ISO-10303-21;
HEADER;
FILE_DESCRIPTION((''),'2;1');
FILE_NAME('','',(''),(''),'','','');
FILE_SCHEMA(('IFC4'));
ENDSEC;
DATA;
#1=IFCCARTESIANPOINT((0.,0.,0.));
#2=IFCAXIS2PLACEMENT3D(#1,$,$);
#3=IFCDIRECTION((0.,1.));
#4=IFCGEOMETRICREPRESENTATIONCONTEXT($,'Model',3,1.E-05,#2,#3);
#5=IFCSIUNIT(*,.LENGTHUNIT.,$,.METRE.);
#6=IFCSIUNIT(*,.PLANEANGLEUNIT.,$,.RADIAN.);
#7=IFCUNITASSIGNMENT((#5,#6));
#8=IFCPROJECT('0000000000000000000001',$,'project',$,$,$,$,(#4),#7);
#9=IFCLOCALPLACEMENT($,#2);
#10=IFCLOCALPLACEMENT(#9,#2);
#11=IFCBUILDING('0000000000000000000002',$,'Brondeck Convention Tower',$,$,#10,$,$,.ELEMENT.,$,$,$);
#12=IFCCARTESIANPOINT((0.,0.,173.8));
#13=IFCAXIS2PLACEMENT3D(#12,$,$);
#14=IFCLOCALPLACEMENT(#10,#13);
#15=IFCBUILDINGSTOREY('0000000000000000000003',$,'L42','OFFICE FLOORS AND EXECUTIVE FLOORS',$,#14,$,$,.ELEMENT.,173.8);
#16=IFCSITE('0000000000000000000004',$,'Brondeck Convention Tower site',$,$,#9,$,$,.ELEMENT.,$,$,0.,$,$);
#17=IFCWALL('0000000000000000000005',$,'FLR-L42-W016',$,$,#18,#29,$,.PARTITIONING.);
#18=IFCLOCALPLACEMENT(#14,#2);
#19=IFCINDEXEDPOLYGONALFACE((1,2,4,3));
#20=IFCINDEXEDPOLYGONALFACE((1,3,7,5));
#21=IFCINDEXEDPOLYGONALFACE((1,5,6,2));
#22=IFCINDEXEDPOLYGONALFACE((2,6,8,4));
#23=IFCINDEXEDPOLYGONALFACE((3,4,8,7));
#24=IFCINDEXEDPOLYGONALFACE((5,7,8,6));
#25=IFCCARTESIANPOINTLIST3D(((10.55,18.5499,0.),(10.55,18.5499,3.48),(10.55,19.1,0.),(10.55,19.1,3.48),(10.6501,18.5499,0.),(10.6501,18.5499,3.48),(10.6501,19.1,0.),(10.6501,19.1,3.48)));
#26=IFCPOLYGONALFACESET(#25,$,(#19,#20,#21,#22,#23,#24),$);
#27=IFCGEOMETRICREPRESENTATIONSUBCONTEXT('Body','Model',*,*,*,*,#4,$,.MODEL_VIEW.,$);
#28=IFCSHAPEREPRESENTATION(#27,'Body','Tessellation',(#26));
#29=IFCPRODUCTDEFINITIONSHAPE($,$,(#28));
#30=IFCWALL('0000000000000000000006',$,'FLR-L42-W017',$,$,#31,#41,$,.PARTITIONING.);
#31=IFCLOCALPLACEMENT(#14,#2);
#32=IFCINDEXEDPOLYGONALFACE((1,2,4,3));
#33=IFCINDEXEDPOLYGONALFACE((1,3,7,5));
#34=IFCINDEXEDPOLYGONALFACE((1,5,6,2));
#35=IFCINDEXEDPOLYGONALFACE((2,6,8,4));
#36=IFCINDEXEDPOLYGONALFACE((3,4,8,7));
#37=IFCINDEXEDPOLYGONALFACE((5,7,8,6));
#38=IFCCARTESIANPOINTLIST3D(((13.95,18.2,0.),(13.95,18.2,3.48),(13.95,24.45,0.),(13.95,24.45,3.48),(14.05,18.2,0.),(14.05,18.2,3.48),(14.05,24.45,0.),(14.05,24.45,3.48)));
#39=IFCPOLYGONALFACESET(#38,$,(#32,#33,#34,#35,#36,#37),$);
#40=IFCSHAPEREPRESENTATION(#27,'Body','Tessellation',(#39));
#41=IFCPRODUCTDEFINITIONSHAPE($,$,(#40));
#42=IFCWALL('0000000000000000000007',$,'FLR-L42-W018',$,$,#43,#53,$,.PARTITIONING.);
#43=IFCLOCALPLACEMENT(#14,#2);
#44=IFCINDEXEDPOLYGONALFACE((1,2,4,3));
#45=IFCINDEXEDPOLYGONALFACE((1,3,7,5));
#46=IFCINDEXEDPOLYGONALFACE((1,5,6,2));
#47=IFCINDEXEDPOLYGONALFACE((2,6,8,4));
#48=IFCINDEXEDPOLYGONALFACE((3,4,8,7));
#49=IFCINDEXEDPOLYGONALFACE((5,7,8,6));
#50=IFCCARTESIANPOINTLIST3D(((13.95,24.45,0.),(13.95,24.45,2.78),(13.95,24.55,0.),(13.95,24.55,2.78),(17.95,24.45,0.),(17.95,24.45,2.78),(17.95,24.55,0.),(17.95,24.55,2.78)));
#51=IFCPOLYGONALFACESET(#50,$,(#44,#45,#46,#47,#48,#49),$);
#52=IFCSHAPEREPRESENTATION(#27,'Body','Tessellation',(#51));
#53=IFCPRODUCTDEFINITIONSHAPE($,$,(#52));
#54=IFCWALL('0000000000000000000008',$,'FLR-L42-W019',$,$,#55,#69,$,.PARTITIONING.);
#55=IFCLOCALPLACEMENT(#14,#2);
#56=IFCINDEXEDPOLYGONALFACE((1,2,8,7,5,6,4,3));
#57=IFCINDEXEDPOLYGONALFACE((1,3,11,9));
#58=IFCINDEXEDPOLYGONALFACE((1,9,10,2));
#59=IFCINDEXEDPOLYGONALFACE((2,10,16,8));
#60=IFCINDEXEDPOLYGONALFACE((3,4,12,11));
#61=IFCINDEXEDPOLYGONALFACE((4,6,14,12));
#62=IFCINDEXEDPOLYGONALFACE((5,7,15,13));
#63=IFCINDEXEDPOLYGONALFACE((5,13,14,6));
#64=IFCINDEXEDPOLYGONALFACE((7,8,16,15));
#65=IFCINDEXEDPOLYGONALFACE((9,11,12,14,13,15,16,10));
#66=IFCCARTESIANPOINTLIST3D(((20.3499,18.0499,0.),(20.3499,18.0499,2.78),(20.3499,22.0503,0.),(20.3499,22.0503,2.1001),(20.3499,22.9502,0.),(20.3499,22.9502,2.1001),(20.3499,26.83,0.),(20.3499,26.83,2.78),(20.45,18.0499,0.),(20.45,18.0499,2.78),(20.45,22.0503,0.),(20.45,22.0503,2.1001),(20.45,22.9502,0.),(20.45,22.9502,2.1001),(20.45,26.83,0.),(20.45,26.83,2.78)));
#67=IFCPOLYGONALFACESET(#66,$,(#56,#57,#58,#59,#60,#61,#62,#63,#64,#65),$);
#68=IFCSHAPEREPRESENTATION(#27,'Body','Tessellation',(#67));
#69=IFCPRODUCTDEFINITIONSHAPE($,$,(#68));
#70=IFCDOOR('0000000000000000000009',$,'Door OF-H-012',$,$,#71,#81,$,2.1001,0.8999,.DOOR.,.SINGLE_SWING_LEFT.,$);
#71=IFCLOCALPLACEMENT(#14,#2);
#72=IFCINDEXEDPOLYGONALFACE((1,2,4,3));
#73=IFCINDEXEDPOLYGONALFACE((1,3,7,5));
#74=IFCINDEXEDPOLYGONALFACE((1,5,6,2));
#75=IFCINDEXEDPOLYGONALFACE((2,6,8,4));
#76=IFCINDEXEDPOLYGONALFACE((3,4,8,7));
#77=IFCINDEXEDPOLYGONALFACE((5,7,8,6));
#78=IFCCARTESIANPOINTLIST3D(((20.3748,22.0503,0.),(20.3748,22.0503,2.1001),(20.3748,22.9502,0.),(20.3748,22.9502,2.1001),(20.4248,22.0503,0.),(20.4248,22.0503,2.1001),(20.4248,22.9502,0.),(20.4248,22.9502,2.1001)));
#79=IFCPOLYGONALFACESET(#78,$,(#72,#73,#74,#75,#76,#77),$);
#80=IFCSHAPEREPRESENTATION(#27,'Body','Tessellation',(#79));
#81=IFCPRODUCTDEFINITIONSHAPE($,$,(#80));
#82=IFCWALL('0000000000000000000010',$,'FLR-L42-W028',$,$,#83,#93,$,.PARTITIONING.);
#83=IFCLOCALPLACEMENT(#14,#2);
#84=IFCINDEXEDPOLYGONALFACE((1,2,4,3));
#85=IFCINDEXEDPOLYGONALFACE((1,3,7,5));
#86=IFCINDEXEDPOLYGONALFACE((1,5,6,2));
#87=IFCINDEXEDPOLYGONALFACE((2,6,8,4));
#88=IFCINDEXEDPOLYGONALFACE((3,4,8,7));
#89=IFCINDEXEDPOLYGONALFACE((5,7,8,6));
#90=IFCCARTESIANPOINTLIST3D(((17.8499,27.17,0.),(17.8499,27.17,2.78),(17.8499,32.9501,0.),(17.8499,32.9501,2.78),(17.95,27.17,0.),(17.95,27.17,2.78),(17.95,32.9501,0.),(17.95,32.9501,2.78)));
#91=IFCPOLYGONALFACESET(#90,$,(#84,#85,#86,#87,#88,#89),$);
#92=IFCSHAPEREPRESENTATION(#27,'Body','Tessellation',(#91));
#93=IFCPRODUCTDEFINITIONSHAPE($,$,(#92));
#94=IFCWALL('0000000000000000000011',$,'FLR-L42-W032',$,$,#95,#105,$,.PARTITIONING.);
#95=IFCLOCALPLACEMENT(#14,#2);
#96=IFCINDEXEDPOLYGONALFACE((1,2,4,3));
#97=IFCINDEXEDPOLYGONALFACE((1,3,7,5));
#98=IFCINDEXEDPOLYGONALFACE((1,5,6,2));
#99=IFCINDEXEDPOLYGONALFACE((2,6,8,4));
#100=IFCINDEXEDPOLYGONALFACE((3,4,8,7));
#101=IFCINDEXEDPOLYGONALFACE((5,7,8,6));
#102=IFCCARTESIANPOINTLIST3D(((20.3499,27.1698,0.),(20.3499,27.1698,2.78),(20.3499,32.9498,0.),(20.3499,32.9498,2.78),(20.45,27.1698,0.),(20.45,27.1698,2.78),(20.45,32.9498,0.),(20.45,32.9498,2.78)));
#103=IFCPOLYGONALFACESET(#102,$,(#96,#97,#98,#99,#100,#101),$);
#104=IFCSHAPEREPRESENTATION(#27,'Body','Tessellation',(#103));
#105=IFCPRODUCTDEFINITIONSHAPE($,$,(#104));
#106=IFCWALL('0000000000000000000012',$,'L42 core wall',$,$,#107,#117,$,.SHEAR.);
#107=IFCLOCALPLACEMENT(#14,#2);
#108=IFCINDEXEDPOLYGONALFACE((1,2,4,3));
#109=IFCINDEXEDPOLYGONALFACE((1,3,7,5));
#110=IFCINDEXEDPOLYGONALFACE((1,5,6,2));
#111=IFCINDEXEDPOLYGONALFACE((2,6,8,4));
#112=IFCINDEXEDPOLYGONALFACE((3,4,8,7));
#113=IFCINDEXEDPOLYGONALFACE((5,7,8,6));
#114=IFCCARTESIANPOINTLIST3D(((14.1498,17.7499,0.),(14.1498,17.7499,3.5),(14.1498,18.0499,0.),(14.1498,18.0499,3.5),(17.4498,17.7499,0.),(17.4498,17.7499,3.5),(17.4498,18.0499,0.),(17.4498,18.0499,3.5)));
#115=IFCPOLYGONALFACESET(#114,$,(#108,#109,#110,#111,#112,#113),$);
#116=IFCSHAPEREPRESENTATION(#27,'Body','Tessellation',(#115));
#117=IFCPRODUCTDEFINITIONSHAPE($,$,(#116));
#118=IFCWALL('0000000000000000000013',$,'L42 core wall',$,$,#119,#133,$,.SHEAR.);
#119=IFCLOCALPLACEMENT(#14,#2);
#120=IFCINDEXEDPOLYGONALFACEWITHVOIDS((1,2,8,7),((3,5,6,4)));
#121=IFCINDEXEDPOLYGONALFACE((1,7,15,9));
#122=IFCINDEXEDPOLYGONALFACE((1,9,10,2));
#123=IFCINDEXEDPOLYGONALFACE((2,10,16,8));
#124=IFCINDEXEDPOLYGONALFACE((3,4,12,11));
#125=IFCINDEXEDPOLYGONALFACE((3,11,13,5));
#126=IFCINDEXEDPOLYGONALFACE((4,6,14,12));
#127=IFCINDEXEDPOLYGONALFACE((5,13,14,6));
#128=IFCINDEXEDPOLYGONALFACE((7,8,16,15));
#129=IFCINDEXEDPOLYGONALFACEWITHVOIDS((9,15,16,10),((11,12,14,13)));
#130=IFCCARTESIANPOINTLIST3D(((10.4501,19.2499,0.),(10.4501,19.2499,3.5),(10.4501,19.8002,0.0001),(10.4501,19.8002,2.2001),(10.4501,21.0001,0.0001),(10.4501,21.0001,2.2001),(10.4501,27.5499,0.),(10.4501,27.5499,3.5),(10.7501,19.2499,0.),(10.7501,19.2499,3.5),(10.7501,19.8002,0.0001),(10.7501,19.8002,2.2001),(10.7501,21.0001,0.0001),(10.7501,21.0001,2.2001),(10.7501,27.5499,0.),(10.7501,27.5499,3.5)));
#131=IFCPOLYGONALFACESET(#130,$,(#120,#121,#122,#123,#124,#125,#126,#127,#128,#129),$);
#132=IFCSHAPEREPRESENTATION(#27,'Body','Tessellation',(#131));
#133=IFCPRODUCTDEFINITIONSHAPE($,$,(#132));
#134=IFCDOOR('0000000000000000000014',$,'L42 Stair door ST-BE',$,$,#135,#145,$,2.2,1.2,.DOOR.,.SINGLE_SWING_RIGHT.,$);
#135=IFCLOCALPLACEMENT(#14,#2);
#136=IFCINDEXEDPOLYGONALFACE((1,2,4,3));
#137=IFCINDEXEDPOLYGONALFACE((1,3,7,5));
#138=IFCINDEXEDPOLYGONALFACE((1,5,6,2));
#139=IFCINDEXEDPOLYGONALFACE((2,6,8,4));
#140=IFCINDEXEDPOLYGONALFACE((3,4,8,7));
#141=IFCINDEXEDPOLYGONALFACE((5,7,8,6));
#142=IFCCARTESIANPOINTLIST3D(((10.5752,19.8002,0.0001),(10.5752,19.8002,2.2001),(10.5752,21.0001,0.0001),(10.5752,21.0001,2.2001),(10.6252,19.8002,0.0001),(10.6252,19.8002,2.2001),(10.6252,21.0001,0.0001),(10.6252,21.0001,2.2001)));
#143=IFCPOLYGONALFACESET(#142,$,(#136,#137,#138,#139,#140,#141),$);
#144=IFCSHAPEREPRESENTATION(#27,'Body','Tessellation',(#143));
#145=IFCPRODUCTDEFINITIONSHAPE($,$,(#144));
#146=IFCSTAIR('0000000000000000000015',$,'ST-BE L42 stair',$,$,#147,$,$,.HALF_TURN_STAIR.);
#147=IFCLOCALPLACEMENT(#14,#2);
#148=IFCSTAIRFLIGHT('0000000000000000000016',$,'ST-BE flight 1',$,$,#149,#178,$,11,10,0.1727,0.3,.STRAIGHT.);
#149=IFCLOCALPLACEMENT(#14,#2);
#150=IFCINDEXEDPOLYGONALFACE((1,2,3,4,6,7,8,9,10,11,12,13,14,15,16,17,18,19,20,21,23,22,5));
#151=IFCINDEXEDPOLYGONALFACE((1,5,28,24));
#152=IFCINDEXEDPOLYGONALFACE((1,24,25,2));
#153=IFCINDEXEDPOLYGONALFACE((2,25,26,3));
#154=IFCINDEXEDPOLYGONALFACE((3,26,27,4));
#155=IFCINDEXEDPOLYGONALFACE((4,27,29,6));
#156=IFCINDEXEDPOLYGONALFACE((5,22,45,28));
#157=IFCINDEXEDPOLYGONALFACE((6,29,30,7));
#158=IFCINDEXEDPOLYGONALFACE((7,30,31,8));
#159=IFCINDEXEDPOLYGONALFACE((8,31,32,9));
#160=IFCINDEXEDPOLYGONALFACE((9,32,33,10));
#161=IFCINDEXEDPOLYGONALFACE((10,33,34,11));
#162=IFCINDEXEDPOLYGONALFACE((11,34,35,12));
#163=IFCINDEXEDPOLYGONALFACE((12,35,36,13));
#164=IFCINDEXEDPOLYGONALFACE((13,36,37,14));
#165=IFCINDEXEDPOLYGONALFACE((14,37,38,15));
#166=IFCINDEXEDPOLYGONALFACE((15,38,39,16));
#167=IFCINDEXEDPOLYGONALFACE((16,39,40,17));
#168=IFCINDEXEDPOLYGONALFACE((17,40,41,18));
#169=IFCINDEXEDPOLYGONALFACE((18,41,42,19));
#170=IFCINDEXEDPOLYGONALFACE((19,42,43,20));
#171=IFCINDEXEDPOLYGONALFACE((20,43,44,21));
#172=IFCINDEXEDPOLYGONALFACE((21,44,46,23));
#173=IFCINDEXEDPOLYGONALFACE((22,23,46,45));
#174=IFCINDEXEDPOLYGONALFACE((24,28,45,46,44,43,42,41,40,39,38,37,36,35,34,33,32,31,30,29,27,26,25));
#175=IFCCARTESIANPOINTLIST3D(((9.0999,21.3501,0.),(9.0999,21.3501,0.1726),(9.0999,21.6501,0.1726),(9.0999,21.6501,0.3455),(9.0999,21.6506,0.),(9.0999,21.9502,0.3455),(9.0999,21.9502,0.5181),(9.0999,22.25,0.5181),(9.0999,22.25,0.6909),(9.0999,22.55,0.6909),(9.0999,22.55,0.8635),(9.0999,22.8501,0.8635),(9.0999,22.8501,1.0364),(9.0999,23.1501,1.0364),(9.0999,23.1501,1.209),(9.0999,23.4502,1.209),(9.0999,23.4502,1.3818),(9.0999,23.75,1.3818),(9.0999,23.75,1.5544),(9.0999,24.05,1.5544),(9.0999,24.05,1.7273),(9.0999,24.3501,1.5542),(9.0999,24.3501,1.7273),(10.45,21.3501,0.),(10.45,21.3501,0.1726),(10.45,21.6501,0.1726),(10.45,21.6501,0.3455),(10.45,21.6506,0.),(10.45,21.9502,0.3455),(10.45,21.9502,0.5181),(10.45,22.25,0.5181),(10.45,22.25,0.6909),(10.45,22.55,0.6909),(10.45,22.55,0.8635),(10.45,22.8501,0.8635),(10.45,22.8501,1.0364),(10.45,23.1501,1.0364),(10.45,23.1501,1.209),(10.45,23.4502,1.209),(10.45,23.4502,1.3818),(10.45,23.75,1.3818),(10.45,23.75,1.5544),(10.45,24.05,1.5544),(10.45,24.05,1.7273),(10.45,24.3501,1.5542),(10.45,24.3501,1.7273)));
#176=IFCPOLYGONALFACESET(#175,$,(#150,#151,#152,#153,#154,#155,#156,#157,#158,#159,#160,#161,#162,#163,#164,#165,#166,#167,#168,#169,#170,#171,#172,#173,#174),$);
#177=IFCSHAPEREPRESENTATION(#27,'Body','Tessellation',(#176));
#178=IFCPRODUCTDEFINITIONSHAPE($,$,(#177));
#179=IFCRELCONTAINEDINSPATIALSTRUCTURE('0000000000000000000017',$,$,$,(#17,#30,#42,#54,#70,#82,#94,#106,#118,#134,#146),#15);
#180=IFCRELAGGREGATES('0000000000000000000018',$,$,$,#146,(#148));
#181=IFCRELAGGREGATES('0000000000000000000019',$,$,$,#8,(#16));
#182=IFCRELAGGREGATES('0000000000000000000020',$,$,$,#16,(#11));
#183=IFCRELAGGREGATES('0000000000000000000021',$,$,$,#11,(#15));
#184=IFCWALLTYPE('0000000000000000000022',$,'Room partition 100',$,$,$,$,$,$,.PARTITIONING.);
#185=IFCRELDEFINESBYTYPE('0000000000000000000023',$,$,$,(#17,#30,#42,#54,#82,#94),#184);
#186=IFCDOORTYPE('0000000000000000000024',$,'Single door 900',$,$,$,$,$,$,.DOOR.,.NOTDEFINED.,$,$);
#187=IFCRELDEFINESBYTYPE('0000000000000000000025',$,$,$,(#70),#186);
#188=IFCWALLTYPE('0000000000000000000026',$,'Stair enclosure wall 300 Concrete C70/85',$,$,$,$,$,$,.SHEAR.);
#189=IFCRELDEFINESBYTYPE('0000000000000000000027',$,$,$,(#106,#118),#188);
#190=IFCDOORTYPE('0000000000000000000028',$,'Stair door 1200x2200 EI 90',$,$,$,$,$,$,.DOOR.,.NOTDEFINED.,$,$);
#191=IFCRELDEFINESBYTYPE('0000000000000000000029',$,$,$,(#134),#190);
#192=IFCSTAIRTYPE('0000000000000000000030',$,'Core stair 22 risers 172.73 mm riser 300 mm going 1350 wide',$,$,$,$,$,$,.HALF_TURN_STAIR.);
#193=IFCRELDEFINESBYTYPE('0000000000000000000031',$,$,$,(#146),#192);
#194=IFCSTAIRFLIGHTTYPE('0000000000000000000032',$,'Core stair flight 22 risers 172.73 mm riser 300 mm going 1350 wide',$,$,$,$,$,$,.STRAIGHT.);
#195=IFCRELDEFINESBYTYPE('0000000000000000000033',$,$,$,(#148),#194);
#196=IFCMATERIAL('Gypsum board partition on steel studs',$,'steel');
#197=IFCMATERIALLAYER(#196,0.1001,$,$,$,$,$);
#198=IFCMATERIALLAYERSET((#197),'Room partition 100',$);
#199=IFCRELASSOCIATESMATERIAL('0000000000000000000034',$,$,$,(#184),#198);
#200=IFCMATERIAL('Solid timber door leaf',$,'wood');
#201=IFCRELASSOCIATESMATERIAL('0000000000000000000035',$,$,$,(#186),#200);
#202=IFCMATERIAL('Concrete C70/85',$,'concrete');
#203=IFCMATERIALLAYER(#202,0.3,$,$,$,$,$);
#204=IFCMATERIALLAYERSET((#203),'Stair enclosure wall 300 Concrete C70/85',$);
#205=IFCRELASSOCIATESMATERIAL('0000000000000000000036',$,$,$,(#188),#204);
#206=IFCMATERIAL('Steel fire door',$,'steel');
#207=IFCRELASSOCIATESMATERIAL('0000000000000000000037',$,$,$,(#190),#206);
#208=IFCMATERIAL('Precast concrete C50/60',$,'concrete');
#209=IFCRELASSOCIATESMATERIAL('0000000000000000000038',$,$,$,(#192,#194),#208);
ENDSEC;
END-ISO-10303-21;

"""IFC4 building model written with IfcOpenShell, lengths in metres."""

from ifc_helpers import new_model, si_unit, direction, frame, frame_2d, origin, place, context, subcontext, project, spatial, polyline, rectangle, outline, extrude, material, layer, layer_set, type_object, element, fill, aggregate, save


model = new_model("IFC4")

# Units and contexts
model_context = context("Model", 3, precision=1e-05, world=origin(), true_north=direction((0.0, 1.0)))
body_context = subcontext(model_context, "Body", "Model", "MODEL_VIEW")
ifc_project = project(units=[si_unit("LENGTHUNIT", "METRE"), si_unit("PLANEANGLEUNIT", "RADIAN")], contexts=[model_context])

# Site, building, storey
site_placement = place(None, origin())
site = spatial("IfcSite", under=ifc_project, at=site_placement, Name="Brondeck Convention Tower site", CompositionType="ELEMENT", RefElevation=0.0)
building_placement = place(site_placement, origin())
building = spatial("IfcBuilding", under=site, at=building_placement, Name="Brondeck Convention Tower", CompositionType="ELEMENT")
storey_placement = place(building_placement, frame((0.0, 0.0, 173.8)))
storey = spatial("IfcBuildingStorey", under=building, at=storey_placement, Name="L42", Description="OFFICE FLOORS AND EXECUTIVE FLOORS", CompositionType="ELEMENT", Elevation=173.8)

# Shared definitions
ifc_material_1 = material(Name="Concrete C70/85", Category="concrete")

# Shared definitions
ifc_material_2 = material(Name="Gypsum board partition on steel studs", Category="steel")
ifc_layer_1 = layer(ifc_material_2, 0.1001)
ifc_layer_set_1 = layer_set([ifc_layer_1], Name="Room partition 100")
wall_type_1 = type_object("IfcWallType", Name="Room partition 100", PredefinedType="PARTITIONING", material=ifc_layer_set_1)
ifc_material_3 = material(Name="Solid timber door leaf", Category="wood")
door_type_1 = type_object("IfcDoorType", Name="Single door 900", OperationType="NOTDEFINED", PredefinedType="DOOR", material=ifc_material_3)

# Walls
wall_1_placement = place(storey_placement, frame((10.6001, 18.55, 0.0), z_axis=(0.0, 0.0, 1.0), x_axis=(0.0, 1.0, 0.0)))
element("IfcWall", 1, at=wall_1_placement, inside=storey, type_object=wall_type_1, Name="FLR-L42-W016", PredefinedType="PARTITIONING", context=body_context, shape_type="SweptSolid", body=[
    extrude(rectangle(XDim=0.55, YDim=0.1001, at=frame_2d((0.2749, 0.0))), origin(), (0.0, 0.0, 1.0), 3.48),
])
wall_2_placement = place(storey_placement, frame((14.0, 24.45, 0.0), z_axis=(0.0, 0.0, 1.0), x_axis=(0.0, -1.0, 0.0)))
element("IfcWall", 2, at=wall_2_placement, inside=storey, type_object=wall_type_1, Name="FLR-L42-W017", PredefinedType="PARTITIONING", context=body_context, shape_type="SweptSolid", body=[
    extrude(rectangle(XDim=6.25, YDim=0.1001, at=frame_2d((3.125, 0.0))), origin(), (0.0, 0.0, 1.0), 3.48),
])
wall_3_placement = place(storey_placement, frame((17.95, 24.5, 0.0), z_axis=(0.0, 0.0, 1.0), x_axis=(-1.0, 0.0, 0.0)))
element("IfcWall", 3, at=wall_3_placement, inside=storey, type_object=wall_type_1, Name="FLR-L42-W018", PredefinedType="PARTITIONING", context=body_context, shape_type="SweptSolid", body=[
    extrude(rectangle(XDim=4.0, YDim=0.1001, at=frame_2d((2.0, 0.0))), origin(), (0.0, 0.0, 1.0), 2.78),
])

# Wall, opening, door
wall_4_placement = place(storey_placement, frame((20.3999, 26.8301, 0.0), z_axis=(0.0, 0.0, 1.0), x_axis=(0.0, -1.0, 0.0)))
wall_4 = element("IfcWall", 4, at=wall_4_placement, inside=storey, type_object=wall_type_1, Name="FLR-L42-W019", PredefinedType="PARTITIONING", context=body_context, shape_type="SweptSolid", body=[
    extrude(rectangle(XDim=8.78, YDim=0.1001, at=frame_2d((4.3901, 0.0))), origin(), (0.0, 0.0, 1.0), 2.78),
])
opening_1_placement = place(wall_4_placement, frame((3.8799, 0.0, 0.0)))
opening_1 = element("IfcOpeningElement", 5, at=opening_1_placement, cuts=wall_4, PredefinedType="OPENING", context=body_context, shape_type="SweptSolid", body=[
    extrude(rectangle(XDim=0.8999, YDim=2.1001, at=frame_2d((0.45, 1.05))), frame((0.0, 0.0601, 0.0), z_axis=(0.0, -1.0, 0.0), x_axis=(1.0, 0.0, 0.0)), (0.0, 0.0, 1.0), 0.1201),
])
door_1_placement = place(opening_1_placement, origin())
door_1 = element("IfcDoor", 6, at=door_1_placement, inside=storey, type_object=door_type_1, Name="Door OF-H-012", OperationType="SINGLE_SWING_LEFT", OverallHeight=2.1001, OverallWidth=0.8999, PredefinedType="DOOR", context=body_context, shape_type="SweptSolid", body=[
    extrude(rectangle(XDim=0.8999, YDim=2.1001, at=frame_2d((0.45, 1.05))), frame((0.0, 0.0249, 0.0), z_axis=(0.0, -1.0, 0.0), x_axis=(1.0, 0.0, 0.0)), (0.0, 0.0, 1.0), 0.05),
])
fill(opening_1, door_1)

# Walls
for number, where, z_axis, x_axis, name in (
    (7, (17.8999, 27.1699, 0.0), (0.0, 0.0, 1.0), (0.0, 1.0, 0.0), "FLR-L42-W028"),
    (8, (20.3999, 32.95, 0.0), (0.0, 0.0, 1.0), (0.0, -1.0, 0.0), "FLR-L42-W032"),
):
    element("IfcWall", number, at=place(storey_placement, frame(where, z_axis=z_axis, x_axis=x_axis)), inside=storey, type_object=wall_type_1, Name=name, PredefinedType="PARTITIONING", context=body_context, shape_type="SweptSolid", body=[
        extrude(rectangle(XDim=5.78, YDim=0.1001, at=frame_2d((2.8901, 0.0))), origin(), (0.0, 0.0, 1.0), 2.78),
    ])
ifc_layer_2 = layer(ifc_material_1, 0.3)
ifc_layer_set_2 = layer_set([ifc_layer_2], Name="Stair enclosure wall 300 Concrete C70/85")
wall_type_2 = type_object("IfcWallType", Name="Stair enclosure wall 300 Concrete C70/85", PredefinedType="SHEAR", material=ifc_layer_set_2)
wall_5_placement = place(storey_placement, frame((14.1499, 17.8999, 0.0), z_axis=(0.0, 0.0, 1.0), x_axis=(1.0, 0.0, 0.0)))
element("IfcWall", 9, at=wall_5_placement, inside=storey, type_object=wall_type_2, Name="L42 core wall", PredefinedType="SHEAR", context=body_context, shape_type="SweptSolid", body=[
    extrude(rectangle(XDim=3.3, YDim=0.3, at=frame_2d((1.6499, 0.0))), origin(), (0.0, 0.0, 1.0), 3.5),
])

# Wall, opening, door
wall_6_placement = place(storey_placement, frame((10.6001, 19.25, 0.0), z_axis=(0.0, 0.0, 1.0), x_axis=(0.0, 1.0, 0.0)))
wall_6 = element("IfcWall", 10, at=wall_6_placement, inside=storey, type_object=wall_type_2, Name="L42 core wall", PredefinedType="SHEAR", context=body_context, shape_type="SweptSolid", body=[
    extrude(rectangle(XDim=8.3, YDim=0.3, at=frame_2d((4.1499, 0.0))), origin(), (0.0, 0.0, 1.0), 3.5),
])
opening_2_placement = place(wall_6_placement, frame((0.55, 0.0, 0.0)))
opening_2 = element("IfcOpeningElement", 11, at=opening_2_placement, cuts=wall_6, PredefinedType="OPENING", context=body_context, shape_type="SweptSolid", body=[
    extrude(rectangle(XDim=1.2, YDim=2.2, at=frame_2d((0.6001, 1.1001))), frame((0.0, 0.1599, 0.0), z_axis=(0.0, -1.0, 0.0), x_axis=(1.0, 0.0, 0.0)), (0.0, 0.0, 1.0), 0.3201),
])
ifc_material_4 = material(Name="Steel fire door", Category="steel")
door_type_2 = type_object("IfcDoorType", Name="Stair door 1200x2200 EI 90", OperationType="NOTDEFINED", PredefinedType="DOOR", material=ifc_material_4)
door_2_placement = place(opening_2_placement, origin())
door_2 = element("IfcDoor", 12, at=door_2_placement, inside=storey, type_object=door_type_2, Name="L42 Stair door ST-BE", OperationType="SINGLE_SWING_RIGHT", OverallHeight=2.2, OverallWidth=1.2, PredefinedType="DOOR", context=body_context, shape_type="SweptSolid", body=[
    extrude(rectangle(XDim=1.2, YDim=2.2, at=frame_2d((0.6001, 1.1001))), frame((0.0, 0.0249, 0.0), z_axis=(0.0, -1.0, 0.0), x_axis=(1.0, 0.0, 0.0)), (0.0, 0.0, 1.0), 0.05),
])
fill(opening_2, door_2)

# Stair, stair flight
ifc_material_5 = material(Name="Precast concrete C50/60", Category="concrete")
stair_type = type_object("IfcStairType", Name="Core stair 22 risers 172.73 mm riser 300 mm going 1350 wide", PredefinedType="HALF_TURN_STAIR", material=ifc_material_5)
stair_placement = place(storey_placement, origin())
stair = element("IfcStair", 13, at=stair_placement, inside=storey, type_object=stair_type, Name="ST-BE L42 stair", PredefinedType="HALF_TURN_STAIR")
stair_flight_type = type_object("IfcStairFlightType", Name="Core stair flight 22 risers 172.73 mm riser 300 mm going 1350 wide", PredefinedType="STRAIGHT", material=ifc_material_5)
stair_flight_placement = place(storey_placement, frame((9.7749, 21.3501, 0.0), z_axis=(0.0, 0.0, 1.0), x_axis=(0.0, 1.0, 0.0)))
stair_flight = element("IfcStairFlight", 14, at=stair_flight_placement, type_object=stair_flight_type, Name="ST-BE flight 1", NumberOfRisers=11, NumberOfTreads=10, PredefinedType="STRAIGHT", RiserHeight=0.1727, TreadLength=0.3, context=body_context, shape_type="SweptSolid", body=[
    extrude(outline(polyline([(0.0, 0.0), (0.0, 0.1726), (0.3, 0.1726), (0.3, 0.3455), (0.6001, 0.3455), (0.6001, 0.5181), (0.8999, 0.5181), (0.8999, 0.6909), (1.2, 0.6909), (1.2, 0.8635), (1.5, 0.8635), (1.5, 1.0364), (1.8, 1.0364), (1.8, 1.209), (2.1001, 1.209), (2.1001, 1.3818), (2.3999, 1.3818), (2.3999, 1.5544), (2.7, 1.5544), (2.7, 1.7273), (3.0, 1.7273), (3.0, 1.8999), (3.0, 1.5542), (0.3005, 0.0), (0.0, 0.0)])), frame((0.0, 0.675, 0.0), z_axis=(0.0, -1.0, 0.0), x_axis=(1.0, 0.0, 0.0)), (0.0, 0.0, 1.0), 1.3501),
])
aggregate(stair, [stair_flight])

save(model, "model.ifc")
